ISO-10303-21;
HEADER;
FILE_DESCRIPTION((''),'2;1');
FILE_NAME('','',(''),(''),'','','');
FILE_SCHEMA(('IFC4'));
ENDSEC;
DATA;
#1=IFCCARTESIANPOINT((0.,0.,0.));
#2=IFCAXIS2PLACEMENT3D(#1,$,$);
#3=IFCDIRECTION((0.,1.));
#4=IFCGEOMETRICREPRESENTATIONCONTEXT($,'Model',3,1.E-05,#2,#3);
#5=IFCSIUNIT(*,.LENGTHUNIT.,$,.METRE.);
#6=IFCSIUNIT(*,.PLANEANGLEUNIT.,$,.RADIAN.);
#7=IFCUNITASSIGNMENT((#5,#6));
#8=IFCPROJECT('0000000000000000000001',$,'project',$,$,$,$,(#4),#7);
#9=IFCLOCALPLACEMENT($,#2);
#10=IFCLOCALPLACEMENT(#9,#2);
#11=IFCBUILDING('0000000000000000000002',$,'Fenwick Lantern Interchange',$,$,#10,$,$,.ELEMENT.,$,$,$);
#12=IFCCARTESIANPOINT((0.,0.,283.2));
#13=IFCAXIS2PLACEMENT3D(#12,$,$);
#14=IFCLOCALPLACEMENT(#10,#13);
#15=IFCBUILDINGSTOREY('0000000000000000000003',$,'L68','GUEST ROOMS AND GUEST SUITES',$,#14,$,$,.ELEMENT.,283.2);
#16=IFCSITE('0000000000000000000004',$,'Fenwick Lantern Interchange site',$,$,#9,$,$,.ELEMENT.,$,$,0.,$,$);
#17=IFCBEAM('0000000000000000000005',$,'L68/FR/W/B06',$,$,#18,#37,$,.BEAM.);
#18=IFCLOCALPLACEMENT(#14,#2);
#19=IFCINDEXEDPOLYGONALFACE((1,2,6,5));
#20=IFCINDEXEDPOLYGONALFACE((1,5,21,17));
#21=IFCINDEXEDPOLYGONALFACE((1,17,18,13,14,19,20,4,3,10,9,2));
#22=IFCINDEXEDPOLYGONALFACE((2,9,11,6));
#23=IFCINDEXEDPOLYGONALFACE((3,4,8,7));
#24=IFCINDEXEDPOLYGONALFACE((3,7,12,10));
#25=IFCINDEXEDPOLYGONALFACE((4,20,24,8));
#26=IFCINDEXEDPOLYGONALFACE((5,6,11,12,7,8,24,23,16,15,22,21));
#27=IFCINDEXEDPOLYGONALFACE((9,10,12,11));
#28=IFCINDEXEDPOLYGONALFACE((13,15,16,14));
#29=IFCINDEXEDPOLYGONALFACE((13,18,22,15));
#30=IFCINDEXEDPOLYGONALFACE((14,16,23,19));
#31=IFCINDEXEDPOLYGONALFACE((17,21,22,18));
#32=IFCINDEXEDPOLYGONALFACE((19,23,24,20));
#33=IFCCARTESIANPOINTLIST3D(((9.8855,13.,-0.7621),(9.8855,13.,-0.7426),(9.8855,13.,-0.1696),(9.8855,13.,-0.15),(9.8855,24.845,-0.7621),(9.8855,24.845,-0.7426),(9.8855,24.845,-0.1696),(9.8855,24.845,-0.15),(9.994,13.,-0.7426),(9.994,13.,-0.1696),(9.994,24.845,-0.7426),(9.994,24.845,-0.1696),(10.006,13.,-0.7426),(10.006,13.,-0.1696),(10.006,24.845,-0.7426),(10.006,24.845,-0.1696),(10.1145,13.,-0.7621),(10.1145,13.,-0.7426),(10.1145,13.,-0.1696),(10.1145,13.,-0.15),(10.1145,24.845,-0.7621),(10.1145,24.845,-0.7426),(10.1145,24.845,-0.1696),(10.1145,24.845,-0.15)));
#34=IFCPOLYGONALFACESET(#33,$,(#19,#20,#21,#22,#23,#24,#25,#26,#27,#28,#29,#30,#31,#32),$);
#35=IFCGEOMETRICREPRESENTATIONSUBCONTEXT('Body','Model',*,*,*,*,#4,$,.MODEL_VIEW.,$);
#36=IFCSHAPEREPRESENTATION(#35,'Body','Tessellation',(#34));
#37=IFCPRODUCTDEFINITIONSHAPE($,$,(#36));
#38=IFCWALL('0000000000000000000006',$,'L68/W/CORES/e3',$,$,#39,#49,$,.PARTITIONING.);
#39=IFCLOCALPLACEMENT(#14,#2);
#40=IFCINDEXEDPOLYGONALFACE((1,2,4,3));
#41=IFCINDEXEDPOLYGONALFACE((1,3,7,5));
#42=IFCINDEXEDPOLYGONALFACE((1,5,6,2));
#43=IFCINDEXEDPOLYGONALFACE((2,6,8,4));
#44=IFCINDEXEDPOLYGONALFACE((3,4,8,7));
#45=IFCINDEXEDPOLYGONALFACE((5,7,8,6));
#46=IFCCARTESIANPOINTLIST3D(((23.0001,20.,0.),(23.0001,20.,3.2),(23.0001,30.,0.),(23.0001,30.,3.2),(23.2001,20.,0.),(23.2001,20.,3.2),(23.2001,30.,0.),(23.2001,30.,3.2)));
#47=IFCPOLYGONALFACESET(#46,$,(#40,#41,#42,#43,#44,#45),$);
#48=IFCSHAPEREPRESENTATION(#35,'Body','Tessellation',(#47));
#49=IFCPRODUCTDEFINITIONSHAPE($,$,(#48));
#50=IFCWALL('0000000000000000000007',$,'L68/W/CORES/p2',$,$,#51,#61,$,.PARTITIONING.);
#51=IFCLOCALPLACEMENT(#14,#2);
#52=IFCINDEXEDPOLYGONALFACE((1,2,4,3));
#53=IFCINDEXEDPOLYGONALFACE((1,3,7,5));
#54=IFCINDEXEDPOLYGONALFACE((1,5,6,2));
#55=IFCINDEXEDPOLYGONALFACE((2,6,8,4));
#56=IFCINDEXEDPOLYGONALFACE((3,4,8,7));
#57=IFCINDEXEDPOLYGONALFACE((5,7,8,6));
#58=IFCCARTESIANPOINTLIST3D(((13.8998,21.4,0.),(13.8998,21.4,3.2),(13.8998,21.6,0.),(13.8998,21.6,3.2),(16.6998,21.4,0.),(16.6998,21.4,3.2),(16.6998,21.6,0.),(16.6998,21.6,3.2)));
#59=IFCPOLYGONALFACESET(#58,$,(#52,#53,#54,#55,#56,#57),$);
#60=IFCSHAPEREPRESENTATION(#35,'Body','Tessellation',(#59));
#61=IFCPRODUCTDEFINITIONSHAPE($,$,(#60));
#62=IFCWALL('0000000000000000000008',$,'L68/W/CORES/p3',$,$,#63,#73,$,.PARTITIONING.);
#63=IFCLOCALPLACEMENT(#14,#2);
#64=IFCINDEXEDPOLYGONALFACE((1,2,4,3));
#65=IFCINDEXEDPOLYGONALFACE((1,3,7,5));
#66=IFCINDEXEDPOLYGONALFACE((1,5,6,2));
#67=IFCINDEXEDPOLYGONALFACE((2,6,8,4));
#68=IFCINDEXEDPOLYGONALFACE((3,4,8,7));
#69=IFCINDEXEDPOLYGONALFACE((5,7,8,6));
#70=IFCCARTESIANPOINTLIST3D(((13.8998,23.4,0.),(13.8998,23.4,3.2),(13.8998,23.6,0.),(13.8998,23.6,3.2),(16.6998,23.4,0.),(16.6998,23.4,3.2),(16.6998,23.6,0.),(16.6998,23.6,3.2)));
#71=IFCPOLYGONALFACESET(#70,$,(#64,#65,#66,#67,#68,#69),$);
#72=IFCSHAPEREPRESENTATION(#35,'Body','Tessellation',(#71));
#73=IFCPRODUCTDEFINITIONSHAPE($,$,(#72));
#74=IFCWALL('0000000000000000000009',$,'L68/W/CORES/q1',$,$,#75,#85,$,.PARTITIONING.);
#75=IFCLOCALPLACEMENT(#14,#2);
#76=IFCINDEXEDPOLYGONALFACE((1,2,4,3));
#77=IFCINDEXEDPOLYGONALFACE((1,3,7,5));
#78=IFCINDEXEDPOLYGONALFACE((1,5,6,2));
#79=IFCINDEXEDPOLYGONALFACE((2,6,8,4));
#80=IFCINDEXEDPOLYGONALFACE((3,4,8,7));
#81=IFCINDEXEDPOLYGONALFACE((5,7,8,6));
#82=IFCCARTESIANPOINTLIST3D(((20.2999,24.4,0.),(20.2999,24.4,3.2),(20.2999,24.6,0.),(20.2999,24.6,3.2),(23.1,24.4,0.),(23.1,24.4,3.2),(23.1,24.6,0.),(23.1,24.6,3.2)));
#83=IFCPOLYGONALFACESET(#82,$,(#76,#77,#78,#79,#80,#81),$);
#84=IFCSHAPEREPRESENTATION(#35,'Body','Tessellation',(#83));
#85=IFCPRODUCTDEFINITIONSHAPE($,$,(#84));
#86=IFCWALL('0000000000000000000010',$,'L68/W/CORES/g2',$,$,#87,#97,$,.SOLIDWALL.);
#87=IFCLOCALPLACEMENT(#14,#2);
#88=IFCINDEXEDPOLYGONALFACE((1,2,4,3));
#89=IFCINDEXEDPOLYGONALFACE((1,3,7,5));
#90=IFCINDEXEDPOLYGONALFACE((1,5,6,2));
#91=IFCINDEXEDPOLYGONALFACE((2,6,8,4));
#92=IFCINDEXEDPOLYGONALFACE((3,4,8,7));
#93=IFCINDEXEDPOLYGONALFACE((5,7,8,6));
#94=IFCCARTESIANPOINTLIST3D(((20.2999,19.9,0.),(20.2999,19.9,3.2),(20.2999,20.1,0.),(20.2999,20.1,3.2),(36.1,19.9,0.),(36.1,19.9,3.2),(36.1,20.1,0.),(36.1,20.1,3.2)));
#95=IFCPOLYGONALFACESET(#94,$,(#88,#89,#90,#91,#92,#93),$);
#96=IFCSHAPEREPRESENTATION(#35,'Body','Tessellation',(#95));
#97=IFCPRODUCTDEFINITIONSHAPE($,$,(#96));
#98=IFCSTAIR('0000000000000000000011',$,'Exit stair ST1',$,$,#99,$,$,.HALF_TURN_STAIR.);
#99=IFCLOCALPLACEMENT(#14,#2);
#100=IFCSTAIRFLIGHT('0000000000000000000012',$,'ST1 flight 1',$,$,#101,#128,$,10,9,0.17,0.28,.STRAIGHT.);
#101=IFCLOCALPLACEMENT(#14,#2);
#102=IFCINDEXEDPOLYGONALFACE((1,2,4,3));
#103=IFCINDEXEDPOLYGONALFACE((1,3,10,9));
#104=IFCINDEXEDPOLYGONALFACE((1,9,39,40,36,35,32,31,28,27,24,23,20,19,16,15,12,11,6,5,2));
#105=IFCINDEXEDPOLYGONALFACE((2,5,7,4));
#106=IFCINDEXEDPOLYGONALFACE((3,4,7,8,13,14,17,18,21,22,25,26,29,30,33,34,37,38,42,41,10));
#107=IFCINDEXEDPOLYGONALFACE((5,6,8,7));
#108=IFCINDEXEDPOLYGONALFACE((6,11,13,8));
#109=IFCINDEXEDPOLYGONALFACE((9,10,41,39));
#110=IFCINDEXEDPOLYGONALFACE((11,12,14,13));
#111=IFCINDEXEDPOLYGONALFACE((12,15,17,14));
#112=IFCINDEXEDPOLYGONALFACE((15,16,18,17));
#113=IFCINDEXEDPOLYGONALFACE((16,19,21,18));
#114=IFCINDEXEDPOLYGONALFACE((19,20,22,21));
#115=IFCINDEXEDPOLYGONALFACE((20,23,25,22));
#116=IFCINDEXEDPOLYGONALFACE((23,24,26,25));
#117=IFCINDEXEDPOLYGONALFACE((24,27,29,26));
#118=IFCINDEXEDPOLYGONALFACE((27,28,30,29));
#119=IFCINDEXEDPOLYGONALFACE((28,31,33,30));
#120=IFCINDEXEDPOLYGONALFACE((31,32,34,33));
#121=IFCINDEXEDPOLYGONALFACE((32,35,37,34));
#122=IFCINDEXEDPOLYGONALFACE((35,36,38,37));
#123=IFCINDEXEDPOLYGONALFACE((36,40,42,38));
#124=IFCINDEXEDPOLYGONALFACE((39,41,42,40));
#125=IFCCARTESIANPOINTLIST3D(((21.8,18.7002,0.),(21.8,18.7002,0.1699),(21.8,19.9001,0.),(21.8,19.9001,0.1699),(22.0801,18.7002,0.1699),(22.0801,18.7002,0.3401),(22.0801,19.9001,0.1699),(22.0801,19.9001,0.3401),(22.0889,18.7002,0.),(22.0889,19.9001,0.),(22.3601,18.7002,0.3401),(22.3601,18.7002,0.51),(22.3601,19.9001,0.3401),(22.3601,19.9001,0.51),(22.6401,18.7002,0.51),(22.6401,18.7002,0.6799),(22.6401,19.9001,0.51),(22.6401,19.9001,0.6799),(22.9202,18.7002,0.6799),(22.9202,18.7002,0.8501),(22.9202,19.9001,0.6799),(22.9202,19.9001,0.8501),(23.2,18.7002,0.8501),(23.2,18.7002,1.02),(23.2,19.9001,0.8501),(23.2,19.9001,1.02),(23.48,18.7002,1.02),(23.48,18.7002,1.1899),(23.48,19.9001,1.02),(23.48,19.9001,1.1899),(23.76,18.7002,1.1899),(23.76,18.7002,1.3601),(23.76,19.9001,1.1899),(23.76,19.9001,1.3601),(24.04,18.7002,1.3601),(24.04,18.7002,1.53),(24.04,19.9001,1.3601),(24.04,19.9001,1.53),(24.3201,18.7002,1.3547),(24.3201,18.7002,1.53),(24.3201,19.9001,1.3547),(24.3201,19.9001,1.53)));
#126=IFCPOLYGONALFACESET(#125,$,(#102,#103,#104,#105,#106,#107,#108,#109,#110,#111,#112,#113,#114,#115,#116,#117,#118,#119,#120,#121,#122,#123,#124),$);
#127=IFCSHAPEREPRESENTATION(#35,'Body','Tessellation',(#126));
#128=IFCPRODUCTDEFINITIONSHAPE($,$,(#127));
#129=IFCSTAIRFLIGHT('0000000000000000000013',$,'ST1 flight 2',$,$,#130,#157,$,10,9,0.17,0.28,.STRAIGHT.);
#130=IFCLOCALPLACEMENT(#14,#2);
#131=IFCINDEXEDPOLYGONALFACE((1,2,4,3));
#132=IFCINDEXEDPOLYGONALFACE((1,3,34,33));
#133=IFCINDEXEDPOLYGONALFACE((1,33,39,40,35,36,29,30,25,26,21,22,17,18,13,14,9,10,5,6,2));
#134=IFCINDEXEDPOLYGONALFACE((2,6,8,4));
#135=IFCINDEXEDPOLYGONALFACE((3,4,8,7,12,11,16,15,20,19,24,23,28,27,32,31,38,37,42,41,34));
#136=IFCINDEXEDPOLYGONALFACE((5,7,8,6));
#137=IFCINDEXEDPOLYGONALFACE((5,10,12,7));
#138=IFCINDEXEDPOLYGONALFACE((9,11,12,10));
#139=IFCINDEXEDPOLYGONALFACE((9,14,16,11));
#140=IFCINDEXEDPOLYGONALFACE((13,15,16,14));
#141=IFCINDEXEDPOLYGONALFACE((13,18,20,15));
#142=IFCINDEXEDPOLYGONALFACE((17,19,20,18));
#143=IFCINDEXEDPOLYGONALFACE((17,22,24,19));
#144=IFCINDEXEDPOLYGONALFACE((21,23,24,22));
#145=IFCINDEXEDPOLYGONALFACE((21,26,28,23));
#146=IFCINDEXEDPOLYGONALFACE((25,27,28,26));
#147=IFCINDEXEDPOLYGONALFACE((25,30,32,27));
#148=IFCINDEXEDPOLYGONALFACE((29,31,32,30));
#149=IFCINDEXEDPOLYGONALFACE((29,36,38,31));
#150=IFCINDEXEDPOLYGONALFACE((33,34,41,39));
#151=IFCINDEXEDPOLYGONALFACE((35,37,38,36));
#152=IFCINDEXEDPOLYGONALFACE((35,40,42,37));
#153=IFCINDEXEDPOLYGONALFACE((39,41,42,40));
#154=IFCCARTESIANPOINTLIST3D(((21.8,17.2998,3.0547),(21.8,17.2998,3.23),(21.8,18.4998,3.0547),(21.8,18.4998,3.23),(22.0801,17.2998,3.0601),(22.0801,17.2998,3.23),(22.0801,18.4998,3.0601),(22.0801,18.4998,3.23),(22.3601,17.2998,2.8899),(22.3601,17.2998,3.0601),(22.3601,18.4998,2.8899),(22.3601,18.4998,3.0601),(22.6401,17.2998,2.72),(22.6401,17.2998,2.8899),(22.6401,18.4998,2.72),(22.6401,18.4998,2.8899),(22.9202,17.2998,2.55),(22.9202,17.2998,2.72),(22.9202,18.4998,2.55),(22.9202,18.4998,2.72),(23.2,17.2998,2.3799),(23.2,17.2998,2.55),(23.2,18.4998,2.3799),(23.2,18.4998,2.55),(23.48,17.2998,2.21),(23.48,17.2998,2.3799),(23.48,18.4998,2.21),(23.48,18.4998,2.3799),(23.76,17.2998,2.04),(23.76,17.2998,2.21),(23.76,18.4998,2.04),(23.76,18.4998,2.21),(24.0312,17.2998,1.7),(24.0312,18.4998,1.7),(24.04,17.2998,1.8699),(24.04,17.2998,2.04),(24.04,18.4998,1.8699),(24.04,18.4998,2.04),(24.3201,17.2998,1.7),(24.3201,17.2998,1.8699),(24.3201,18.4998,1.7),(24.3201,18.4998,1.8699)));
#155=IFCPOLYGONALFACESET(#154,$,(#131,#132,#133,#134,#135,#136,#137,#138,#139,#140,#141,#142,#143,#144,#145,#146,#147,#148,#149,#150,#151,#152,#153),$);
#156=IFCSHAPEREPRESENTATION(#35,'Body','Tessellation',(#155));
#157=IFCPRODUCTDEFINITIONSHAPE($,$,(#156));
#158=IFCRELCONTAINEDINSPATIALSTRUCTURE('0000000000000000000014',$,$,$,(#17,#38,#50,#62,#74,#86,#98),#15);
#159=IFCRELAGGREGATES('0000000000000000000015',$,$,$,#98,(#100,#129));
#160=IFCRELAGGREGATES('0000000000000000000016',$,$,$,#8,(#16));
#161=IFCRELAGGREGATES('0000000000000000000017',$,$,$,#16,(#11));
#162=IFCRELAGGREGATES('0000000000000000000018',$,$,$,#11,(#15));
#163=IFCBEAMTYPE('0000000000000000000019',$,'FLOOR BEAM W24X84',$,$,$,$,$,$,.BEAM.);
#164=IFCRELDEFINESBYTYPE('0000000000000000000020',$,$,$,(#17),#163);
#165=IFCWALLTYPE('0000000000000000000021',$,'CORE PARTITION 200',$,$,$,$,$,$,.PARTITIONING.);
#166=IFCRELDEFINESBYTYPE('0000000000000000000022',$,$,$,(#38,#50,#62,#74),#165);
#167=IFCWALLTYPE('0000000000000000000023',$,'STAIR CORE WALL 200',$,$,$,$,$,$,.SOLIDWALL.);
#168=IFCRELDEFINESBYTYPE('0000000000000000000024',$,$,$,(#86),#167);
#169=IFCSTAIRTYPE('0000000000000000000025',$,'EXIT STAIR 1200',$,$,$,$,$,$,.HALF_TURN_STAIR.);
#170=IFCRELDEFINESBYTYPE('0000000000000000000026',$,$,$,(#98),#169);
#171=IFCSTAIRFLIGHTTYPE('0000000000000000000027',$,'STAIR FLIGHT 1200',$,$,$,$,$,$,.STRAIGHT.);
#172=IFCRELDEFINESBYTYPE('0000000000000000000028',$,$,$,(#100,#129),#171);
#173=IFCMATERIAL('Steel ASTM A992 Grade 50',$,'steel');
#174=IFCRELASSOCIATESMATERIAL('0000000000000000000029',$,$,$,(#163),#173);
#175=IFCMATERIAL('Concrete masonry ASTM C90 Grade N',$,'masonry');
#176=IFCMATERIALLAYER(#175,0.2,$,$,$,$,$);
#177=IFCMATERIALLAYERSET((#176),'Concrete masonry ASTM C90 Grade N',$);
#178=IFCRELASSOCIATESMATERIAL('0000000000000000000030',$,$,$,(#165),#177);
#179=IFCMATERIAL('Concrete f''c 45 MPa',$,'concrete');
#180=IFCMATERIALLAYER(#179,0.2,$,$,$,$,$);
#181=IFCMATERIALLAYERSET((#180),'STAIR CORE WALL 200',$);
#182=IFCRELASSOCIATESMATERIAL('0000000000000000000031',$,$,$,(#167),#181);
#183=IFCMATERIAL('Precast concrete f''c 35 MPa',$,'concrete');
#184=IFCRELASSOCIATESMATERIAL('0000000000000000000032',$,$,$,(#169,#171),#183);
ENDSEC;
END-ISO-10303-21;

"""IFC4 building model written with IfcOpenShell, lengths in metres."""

from ifc_helpers import new_model, si_unit, direction, frame, frame_2d, origin, origin_2d, place, context, subcontext, project, spatial, polyline, rectangle, i_section, outline, extrude, material, layer, layer_set, material_profile, profile_set, type_object, element, aggregate, save


model = new_model("IFC4")

# Units and contexts
model_context = context("Model", 3, precision=1e-05, world=origin(), true_north=direction((0.0, 1.0)))
body_context = subcontext(model_context, "Body", "Model", "MODEL_VIEW")
ifc_project = project(units=[si_unit("LENGTHUNIT", "METRE"), si_unit("PLANEANGLEUNIT", "RADIAN")], contexts=[model_context])

# Site, building, storey
site_placement = place(None, origin())
site = spatial("IfcSite", under=ifc_project, at=site_placement, Name="Fenwick Lantern Interchange site", CompositionType="ELEMENT", RefElevation=0.0)
building_placement = place(site_placement, origin())
building = spatial("IfcBuilding", under=site, at=building_placement, Name="Fenwick Lantern Interchange", CompositionType="ELEMENT")
storey_placement = place(building_placement, frame((0.0, 0.0, 283.2)))
storey = spatial("IfcBuildingStorey", under=building, at=storey_placement, Name="L68", Description="GUEST ROOMS AND GUEST SUITES", CompositionType="ELEMENT", Elevation=283.2)

# Beam
ifc_material_1 = material(Name="Steel ASTM A992 Grade 50", Category="steel")
ifc_material_profile = material_profile(ifc_material_1, i_section(OverallWidth=0.229, OverallDepth=0.6121, WebThickness=0.012, FlangeThickness=0.0195, at=origin_2d()), Name="W24X84")
ifc_profile_set = profile_set([ifc_material_profile], Name="Steel ASTM A992 Grade 50")
beam_type = type_object("IfcBeamType", Name="FLOOR BEAM W24X84", PredefinedType="BEAM", material=ifc_profile_set)
beam_placement = place(storey_placement, frame((10.0, 24.845, -0.4561), z_axis=(0.0, -1.0, 0.0), x_axis=(1.0, 0.0, 0.0)))
element("IfcBeam", 1, at=beam_placement, inside=storey, type_object=beam_type, Name="L68/FR/W/B06", PredefinedType="BEAM", context=body_context, shape_type="SweptSolid", body=[
    extrude(i_section(OverallWidth=0.229, OverallDepth=0.6121, WebThickness=0.012, FlangeThickness=0.0195, at=origin_2d()), origin(), (0.0, 0.0, 1.0), 11.845),
])

# Walls
ifc_material_2 = material(Name="Concrete masonry ASTM C90 Grade N", Category="masonry")
ifc_layer_1 = layer(ifc_material_2, 0.2)
ifc_layer_set_1 = layer_set([ifc_layer_1], Name="Concrete masonry ASTM C90 Grade N")
wall_type_1 = type_object("IfcWallType", Name="CORE PARTITION 200", PredefinedType="PARTITIONING", material=ifc_layer_set_1)
wall_1_placement = place(storey_placement, frame((23.1001, 20.0, 0.0), z_axis=(0.0, 0.0, 1.0), x_axis=(0.0, 1.0, 0.0)))
element("IfcWall", 2, at=wall_1_placement, inside=storey, type_object=wall_type_1, Name="L68/W/CORES/e3", PredefinedType="PARTITIONING", context=body_context, shape_type="SweptSolid", body=[
    extrude(rectangle(XDim=10.0, YDim=0.2, at=frame_2d((5.0, 0.0))), origin(), (0.0, 0.0, 1.0), 3.2),
])
for number, where, z_axis, x_axis, name in (
    (3, (13.8999, 21.5, 0.0), (0.0, 0.0, 1.0), (1.0, 0.0, 0.0), "L68/W/CORES/p2"),
    (4, (13.8999, 23.5, 0.0), (0.0, 0.0, 1.0), (1.0, 0.0, 0.0), "L68/W/CORES/p3"),
    (5, (20.3, 24.5, 0.0), (0.0, 0.0, 1.0), (1.0, 0.0, 0.0), "L68/W/CORES/q1"),
):
    element("IfcWall", number, at=place(storey_placement, frame(where, z_axis=z_axis, x_axis=x_axis)), inside=storey, type_object=wall_type_1, Name=name, PredefinedType="PARTITIONING", context=body_context, shape_type="SweptSolid", body=[
        extrude(rectangle(XDim=2.8, YDim=0.2, at=frame_2d((1.3999, 0.0))), origin(), (0.0, 0.0, 1.0), 3.2),
    ])
ifc_material_3 = material(Name="Concrete f'c 45 MPa", Category="concrete")
ifc_layer_2 = layer(ifc_material_3, 0.2)
ifc_layer_set_2 = layer_set([ifc_layer_2], Name="STAIR CORE WALL 200")
wall_type_2 = type_object("IfcWallType", Name="STAIR CORE WALL 200", PredefinedType="SOLIDWALL", material=ifc_layer_set_2)
wall_2_placement = place(storey_placement, frame((20.3, 20.0, 0.0), z_axis=(0.0, 0.0, 1.0), x_axis=(1.0, 0.0, 0.0)))
element("IfcWall", 6, at=wall_2_placement, inside=storey, type_object=wall_type_2, Name="L68/W/CORES/g2", PredefinedType="SOLIDWALL", context=body_context, shape_type="SweptSolid", body=[
    extrude(rectangle(XDim=15.8, YDim=0.2, at=frame_2d((7.8999, 0.0))), origin(), (0.0, 0.0, 1.0), 3.2),
])

# Stair, stair flights
ifc_material_4 = material(Name="Precast concrete f'c 35 MPa", Category="concrete")
stair_type = type_object("IfcStairType", Name="EXIT STAIR 1200", PredefinedType="HALF_TURN_STAIR", material=ifc_material_4)
stair_placement = place(storey_placement, origin())
stair = element("IfcStair", 7, at=stair_placement, inside=storey, type_object=stair_type, Name="Exit stair ST1", PredefinedType="HALF_TURN_STAIR")
stair_flight_type = type_object("IfcStairFlightType", Name="STAIR FLIGHT 1200", PredefinedType="STRAIGHT", material=ifc_material_4)
stair_flight_1_placement = place(storey_placement, frame((21.8, 19.3, 0.0), z_axis=(0.0, 0.0, 1.0), x_axis=(1.0, 0.0, 0.0)))
stair_flight_1 = element("IfcStairFlight", 8, at=stair_flight_1_placement, type_object=stair_flight_type, Name="ST1 flight 1", NumberOfRisers=10, NumberOfTreads=9, PredefinedType="STRAIGHT", RiserHeight=0.17, TreadLength=0.28, context=body_context, shape_type="SweptSolid", body=[
    extrude(outline(polyline([(0.0, 0.0), (0.0, 0.1699), (0.28, 0.1699), (0.28, 0.3401), (0.5601, 0.3401), (0.5601, 0.51), (0.8401, 0.51), (0.8401, 0.6799), (1.1201, 0.6799), (1.1201, 0.8501), (1.3999, 0.8501), (1.3999, 1.02), (1.6799, 1.02), (1.6799, 1.1899), (1.96, 1.1899), (1.96, 1.3601), (2.24, 1.3601), (2.24, 1.53), (2.52, 1.53), (2.52, 1.7), (2.52, 1.3547), (0.2888, 0.0), (0.0, 0.0)])), frame((0.0, 0.6001, 0.0), z_axis=(0.0, -1.0, 0.0), x_axis=(1.0, 0.0, 0.0)), (0.0, 0.0, 1.0), 1.2),
])
stair_flight_2_placement = place(storey_placement, frame((24.3201, 17.8999, 1.7), z_axis=(0.0, 0.0, 1.0), x_axis=(-1.0, 0.0, 0.0)))
stair_flight_2 = element("IfcStairFlight", 9, at=stair_flight_2_placement, type_object=stair_flight_type, Name="ST1 flight 2", NumberOfRisers=10, NumberOfTreads=9, PredefinedType="STRAIGHT", RiserHeight=0.17, TreadLength=0.28, context=body_context, shape_type="SweptSolid", body=[
    extrude(outline(polyline([(0.0, 0.0), (0.0, 0.1699), (0.28, 0.1699), (0.28, 0.3401), (0.5601, 0.3401), (0.5601, 0.51), (0.8401, 0.51), (0.8401, 0.6799), (1.1201, 0.6799), (1.1201, 0.8501), (1.3999, 0.8501), (1.3999, 1.02), (1.6799, 1.02), (1.6799, 1.1899), (1.96, 1.1899), (1.96, 1.3601), (2.24, 1.3601), (2.24, 1.53), (2.52, 1.53), (2.52, 1.7), (2.52, 1.3547), (0.2888, 0.0), (0.0, 0.0)])), frame((0.0, 0.6001, 0.0), z_axis=(0.0, -1.0, 0.0), x_axis=(1.0, 0.0, 0.0)), (0.0, 0.0, 1.0), 1.2),
])
aggregate(stair, [stair_flight_1, stair_flight_2])

save(model, "model.ifc")
